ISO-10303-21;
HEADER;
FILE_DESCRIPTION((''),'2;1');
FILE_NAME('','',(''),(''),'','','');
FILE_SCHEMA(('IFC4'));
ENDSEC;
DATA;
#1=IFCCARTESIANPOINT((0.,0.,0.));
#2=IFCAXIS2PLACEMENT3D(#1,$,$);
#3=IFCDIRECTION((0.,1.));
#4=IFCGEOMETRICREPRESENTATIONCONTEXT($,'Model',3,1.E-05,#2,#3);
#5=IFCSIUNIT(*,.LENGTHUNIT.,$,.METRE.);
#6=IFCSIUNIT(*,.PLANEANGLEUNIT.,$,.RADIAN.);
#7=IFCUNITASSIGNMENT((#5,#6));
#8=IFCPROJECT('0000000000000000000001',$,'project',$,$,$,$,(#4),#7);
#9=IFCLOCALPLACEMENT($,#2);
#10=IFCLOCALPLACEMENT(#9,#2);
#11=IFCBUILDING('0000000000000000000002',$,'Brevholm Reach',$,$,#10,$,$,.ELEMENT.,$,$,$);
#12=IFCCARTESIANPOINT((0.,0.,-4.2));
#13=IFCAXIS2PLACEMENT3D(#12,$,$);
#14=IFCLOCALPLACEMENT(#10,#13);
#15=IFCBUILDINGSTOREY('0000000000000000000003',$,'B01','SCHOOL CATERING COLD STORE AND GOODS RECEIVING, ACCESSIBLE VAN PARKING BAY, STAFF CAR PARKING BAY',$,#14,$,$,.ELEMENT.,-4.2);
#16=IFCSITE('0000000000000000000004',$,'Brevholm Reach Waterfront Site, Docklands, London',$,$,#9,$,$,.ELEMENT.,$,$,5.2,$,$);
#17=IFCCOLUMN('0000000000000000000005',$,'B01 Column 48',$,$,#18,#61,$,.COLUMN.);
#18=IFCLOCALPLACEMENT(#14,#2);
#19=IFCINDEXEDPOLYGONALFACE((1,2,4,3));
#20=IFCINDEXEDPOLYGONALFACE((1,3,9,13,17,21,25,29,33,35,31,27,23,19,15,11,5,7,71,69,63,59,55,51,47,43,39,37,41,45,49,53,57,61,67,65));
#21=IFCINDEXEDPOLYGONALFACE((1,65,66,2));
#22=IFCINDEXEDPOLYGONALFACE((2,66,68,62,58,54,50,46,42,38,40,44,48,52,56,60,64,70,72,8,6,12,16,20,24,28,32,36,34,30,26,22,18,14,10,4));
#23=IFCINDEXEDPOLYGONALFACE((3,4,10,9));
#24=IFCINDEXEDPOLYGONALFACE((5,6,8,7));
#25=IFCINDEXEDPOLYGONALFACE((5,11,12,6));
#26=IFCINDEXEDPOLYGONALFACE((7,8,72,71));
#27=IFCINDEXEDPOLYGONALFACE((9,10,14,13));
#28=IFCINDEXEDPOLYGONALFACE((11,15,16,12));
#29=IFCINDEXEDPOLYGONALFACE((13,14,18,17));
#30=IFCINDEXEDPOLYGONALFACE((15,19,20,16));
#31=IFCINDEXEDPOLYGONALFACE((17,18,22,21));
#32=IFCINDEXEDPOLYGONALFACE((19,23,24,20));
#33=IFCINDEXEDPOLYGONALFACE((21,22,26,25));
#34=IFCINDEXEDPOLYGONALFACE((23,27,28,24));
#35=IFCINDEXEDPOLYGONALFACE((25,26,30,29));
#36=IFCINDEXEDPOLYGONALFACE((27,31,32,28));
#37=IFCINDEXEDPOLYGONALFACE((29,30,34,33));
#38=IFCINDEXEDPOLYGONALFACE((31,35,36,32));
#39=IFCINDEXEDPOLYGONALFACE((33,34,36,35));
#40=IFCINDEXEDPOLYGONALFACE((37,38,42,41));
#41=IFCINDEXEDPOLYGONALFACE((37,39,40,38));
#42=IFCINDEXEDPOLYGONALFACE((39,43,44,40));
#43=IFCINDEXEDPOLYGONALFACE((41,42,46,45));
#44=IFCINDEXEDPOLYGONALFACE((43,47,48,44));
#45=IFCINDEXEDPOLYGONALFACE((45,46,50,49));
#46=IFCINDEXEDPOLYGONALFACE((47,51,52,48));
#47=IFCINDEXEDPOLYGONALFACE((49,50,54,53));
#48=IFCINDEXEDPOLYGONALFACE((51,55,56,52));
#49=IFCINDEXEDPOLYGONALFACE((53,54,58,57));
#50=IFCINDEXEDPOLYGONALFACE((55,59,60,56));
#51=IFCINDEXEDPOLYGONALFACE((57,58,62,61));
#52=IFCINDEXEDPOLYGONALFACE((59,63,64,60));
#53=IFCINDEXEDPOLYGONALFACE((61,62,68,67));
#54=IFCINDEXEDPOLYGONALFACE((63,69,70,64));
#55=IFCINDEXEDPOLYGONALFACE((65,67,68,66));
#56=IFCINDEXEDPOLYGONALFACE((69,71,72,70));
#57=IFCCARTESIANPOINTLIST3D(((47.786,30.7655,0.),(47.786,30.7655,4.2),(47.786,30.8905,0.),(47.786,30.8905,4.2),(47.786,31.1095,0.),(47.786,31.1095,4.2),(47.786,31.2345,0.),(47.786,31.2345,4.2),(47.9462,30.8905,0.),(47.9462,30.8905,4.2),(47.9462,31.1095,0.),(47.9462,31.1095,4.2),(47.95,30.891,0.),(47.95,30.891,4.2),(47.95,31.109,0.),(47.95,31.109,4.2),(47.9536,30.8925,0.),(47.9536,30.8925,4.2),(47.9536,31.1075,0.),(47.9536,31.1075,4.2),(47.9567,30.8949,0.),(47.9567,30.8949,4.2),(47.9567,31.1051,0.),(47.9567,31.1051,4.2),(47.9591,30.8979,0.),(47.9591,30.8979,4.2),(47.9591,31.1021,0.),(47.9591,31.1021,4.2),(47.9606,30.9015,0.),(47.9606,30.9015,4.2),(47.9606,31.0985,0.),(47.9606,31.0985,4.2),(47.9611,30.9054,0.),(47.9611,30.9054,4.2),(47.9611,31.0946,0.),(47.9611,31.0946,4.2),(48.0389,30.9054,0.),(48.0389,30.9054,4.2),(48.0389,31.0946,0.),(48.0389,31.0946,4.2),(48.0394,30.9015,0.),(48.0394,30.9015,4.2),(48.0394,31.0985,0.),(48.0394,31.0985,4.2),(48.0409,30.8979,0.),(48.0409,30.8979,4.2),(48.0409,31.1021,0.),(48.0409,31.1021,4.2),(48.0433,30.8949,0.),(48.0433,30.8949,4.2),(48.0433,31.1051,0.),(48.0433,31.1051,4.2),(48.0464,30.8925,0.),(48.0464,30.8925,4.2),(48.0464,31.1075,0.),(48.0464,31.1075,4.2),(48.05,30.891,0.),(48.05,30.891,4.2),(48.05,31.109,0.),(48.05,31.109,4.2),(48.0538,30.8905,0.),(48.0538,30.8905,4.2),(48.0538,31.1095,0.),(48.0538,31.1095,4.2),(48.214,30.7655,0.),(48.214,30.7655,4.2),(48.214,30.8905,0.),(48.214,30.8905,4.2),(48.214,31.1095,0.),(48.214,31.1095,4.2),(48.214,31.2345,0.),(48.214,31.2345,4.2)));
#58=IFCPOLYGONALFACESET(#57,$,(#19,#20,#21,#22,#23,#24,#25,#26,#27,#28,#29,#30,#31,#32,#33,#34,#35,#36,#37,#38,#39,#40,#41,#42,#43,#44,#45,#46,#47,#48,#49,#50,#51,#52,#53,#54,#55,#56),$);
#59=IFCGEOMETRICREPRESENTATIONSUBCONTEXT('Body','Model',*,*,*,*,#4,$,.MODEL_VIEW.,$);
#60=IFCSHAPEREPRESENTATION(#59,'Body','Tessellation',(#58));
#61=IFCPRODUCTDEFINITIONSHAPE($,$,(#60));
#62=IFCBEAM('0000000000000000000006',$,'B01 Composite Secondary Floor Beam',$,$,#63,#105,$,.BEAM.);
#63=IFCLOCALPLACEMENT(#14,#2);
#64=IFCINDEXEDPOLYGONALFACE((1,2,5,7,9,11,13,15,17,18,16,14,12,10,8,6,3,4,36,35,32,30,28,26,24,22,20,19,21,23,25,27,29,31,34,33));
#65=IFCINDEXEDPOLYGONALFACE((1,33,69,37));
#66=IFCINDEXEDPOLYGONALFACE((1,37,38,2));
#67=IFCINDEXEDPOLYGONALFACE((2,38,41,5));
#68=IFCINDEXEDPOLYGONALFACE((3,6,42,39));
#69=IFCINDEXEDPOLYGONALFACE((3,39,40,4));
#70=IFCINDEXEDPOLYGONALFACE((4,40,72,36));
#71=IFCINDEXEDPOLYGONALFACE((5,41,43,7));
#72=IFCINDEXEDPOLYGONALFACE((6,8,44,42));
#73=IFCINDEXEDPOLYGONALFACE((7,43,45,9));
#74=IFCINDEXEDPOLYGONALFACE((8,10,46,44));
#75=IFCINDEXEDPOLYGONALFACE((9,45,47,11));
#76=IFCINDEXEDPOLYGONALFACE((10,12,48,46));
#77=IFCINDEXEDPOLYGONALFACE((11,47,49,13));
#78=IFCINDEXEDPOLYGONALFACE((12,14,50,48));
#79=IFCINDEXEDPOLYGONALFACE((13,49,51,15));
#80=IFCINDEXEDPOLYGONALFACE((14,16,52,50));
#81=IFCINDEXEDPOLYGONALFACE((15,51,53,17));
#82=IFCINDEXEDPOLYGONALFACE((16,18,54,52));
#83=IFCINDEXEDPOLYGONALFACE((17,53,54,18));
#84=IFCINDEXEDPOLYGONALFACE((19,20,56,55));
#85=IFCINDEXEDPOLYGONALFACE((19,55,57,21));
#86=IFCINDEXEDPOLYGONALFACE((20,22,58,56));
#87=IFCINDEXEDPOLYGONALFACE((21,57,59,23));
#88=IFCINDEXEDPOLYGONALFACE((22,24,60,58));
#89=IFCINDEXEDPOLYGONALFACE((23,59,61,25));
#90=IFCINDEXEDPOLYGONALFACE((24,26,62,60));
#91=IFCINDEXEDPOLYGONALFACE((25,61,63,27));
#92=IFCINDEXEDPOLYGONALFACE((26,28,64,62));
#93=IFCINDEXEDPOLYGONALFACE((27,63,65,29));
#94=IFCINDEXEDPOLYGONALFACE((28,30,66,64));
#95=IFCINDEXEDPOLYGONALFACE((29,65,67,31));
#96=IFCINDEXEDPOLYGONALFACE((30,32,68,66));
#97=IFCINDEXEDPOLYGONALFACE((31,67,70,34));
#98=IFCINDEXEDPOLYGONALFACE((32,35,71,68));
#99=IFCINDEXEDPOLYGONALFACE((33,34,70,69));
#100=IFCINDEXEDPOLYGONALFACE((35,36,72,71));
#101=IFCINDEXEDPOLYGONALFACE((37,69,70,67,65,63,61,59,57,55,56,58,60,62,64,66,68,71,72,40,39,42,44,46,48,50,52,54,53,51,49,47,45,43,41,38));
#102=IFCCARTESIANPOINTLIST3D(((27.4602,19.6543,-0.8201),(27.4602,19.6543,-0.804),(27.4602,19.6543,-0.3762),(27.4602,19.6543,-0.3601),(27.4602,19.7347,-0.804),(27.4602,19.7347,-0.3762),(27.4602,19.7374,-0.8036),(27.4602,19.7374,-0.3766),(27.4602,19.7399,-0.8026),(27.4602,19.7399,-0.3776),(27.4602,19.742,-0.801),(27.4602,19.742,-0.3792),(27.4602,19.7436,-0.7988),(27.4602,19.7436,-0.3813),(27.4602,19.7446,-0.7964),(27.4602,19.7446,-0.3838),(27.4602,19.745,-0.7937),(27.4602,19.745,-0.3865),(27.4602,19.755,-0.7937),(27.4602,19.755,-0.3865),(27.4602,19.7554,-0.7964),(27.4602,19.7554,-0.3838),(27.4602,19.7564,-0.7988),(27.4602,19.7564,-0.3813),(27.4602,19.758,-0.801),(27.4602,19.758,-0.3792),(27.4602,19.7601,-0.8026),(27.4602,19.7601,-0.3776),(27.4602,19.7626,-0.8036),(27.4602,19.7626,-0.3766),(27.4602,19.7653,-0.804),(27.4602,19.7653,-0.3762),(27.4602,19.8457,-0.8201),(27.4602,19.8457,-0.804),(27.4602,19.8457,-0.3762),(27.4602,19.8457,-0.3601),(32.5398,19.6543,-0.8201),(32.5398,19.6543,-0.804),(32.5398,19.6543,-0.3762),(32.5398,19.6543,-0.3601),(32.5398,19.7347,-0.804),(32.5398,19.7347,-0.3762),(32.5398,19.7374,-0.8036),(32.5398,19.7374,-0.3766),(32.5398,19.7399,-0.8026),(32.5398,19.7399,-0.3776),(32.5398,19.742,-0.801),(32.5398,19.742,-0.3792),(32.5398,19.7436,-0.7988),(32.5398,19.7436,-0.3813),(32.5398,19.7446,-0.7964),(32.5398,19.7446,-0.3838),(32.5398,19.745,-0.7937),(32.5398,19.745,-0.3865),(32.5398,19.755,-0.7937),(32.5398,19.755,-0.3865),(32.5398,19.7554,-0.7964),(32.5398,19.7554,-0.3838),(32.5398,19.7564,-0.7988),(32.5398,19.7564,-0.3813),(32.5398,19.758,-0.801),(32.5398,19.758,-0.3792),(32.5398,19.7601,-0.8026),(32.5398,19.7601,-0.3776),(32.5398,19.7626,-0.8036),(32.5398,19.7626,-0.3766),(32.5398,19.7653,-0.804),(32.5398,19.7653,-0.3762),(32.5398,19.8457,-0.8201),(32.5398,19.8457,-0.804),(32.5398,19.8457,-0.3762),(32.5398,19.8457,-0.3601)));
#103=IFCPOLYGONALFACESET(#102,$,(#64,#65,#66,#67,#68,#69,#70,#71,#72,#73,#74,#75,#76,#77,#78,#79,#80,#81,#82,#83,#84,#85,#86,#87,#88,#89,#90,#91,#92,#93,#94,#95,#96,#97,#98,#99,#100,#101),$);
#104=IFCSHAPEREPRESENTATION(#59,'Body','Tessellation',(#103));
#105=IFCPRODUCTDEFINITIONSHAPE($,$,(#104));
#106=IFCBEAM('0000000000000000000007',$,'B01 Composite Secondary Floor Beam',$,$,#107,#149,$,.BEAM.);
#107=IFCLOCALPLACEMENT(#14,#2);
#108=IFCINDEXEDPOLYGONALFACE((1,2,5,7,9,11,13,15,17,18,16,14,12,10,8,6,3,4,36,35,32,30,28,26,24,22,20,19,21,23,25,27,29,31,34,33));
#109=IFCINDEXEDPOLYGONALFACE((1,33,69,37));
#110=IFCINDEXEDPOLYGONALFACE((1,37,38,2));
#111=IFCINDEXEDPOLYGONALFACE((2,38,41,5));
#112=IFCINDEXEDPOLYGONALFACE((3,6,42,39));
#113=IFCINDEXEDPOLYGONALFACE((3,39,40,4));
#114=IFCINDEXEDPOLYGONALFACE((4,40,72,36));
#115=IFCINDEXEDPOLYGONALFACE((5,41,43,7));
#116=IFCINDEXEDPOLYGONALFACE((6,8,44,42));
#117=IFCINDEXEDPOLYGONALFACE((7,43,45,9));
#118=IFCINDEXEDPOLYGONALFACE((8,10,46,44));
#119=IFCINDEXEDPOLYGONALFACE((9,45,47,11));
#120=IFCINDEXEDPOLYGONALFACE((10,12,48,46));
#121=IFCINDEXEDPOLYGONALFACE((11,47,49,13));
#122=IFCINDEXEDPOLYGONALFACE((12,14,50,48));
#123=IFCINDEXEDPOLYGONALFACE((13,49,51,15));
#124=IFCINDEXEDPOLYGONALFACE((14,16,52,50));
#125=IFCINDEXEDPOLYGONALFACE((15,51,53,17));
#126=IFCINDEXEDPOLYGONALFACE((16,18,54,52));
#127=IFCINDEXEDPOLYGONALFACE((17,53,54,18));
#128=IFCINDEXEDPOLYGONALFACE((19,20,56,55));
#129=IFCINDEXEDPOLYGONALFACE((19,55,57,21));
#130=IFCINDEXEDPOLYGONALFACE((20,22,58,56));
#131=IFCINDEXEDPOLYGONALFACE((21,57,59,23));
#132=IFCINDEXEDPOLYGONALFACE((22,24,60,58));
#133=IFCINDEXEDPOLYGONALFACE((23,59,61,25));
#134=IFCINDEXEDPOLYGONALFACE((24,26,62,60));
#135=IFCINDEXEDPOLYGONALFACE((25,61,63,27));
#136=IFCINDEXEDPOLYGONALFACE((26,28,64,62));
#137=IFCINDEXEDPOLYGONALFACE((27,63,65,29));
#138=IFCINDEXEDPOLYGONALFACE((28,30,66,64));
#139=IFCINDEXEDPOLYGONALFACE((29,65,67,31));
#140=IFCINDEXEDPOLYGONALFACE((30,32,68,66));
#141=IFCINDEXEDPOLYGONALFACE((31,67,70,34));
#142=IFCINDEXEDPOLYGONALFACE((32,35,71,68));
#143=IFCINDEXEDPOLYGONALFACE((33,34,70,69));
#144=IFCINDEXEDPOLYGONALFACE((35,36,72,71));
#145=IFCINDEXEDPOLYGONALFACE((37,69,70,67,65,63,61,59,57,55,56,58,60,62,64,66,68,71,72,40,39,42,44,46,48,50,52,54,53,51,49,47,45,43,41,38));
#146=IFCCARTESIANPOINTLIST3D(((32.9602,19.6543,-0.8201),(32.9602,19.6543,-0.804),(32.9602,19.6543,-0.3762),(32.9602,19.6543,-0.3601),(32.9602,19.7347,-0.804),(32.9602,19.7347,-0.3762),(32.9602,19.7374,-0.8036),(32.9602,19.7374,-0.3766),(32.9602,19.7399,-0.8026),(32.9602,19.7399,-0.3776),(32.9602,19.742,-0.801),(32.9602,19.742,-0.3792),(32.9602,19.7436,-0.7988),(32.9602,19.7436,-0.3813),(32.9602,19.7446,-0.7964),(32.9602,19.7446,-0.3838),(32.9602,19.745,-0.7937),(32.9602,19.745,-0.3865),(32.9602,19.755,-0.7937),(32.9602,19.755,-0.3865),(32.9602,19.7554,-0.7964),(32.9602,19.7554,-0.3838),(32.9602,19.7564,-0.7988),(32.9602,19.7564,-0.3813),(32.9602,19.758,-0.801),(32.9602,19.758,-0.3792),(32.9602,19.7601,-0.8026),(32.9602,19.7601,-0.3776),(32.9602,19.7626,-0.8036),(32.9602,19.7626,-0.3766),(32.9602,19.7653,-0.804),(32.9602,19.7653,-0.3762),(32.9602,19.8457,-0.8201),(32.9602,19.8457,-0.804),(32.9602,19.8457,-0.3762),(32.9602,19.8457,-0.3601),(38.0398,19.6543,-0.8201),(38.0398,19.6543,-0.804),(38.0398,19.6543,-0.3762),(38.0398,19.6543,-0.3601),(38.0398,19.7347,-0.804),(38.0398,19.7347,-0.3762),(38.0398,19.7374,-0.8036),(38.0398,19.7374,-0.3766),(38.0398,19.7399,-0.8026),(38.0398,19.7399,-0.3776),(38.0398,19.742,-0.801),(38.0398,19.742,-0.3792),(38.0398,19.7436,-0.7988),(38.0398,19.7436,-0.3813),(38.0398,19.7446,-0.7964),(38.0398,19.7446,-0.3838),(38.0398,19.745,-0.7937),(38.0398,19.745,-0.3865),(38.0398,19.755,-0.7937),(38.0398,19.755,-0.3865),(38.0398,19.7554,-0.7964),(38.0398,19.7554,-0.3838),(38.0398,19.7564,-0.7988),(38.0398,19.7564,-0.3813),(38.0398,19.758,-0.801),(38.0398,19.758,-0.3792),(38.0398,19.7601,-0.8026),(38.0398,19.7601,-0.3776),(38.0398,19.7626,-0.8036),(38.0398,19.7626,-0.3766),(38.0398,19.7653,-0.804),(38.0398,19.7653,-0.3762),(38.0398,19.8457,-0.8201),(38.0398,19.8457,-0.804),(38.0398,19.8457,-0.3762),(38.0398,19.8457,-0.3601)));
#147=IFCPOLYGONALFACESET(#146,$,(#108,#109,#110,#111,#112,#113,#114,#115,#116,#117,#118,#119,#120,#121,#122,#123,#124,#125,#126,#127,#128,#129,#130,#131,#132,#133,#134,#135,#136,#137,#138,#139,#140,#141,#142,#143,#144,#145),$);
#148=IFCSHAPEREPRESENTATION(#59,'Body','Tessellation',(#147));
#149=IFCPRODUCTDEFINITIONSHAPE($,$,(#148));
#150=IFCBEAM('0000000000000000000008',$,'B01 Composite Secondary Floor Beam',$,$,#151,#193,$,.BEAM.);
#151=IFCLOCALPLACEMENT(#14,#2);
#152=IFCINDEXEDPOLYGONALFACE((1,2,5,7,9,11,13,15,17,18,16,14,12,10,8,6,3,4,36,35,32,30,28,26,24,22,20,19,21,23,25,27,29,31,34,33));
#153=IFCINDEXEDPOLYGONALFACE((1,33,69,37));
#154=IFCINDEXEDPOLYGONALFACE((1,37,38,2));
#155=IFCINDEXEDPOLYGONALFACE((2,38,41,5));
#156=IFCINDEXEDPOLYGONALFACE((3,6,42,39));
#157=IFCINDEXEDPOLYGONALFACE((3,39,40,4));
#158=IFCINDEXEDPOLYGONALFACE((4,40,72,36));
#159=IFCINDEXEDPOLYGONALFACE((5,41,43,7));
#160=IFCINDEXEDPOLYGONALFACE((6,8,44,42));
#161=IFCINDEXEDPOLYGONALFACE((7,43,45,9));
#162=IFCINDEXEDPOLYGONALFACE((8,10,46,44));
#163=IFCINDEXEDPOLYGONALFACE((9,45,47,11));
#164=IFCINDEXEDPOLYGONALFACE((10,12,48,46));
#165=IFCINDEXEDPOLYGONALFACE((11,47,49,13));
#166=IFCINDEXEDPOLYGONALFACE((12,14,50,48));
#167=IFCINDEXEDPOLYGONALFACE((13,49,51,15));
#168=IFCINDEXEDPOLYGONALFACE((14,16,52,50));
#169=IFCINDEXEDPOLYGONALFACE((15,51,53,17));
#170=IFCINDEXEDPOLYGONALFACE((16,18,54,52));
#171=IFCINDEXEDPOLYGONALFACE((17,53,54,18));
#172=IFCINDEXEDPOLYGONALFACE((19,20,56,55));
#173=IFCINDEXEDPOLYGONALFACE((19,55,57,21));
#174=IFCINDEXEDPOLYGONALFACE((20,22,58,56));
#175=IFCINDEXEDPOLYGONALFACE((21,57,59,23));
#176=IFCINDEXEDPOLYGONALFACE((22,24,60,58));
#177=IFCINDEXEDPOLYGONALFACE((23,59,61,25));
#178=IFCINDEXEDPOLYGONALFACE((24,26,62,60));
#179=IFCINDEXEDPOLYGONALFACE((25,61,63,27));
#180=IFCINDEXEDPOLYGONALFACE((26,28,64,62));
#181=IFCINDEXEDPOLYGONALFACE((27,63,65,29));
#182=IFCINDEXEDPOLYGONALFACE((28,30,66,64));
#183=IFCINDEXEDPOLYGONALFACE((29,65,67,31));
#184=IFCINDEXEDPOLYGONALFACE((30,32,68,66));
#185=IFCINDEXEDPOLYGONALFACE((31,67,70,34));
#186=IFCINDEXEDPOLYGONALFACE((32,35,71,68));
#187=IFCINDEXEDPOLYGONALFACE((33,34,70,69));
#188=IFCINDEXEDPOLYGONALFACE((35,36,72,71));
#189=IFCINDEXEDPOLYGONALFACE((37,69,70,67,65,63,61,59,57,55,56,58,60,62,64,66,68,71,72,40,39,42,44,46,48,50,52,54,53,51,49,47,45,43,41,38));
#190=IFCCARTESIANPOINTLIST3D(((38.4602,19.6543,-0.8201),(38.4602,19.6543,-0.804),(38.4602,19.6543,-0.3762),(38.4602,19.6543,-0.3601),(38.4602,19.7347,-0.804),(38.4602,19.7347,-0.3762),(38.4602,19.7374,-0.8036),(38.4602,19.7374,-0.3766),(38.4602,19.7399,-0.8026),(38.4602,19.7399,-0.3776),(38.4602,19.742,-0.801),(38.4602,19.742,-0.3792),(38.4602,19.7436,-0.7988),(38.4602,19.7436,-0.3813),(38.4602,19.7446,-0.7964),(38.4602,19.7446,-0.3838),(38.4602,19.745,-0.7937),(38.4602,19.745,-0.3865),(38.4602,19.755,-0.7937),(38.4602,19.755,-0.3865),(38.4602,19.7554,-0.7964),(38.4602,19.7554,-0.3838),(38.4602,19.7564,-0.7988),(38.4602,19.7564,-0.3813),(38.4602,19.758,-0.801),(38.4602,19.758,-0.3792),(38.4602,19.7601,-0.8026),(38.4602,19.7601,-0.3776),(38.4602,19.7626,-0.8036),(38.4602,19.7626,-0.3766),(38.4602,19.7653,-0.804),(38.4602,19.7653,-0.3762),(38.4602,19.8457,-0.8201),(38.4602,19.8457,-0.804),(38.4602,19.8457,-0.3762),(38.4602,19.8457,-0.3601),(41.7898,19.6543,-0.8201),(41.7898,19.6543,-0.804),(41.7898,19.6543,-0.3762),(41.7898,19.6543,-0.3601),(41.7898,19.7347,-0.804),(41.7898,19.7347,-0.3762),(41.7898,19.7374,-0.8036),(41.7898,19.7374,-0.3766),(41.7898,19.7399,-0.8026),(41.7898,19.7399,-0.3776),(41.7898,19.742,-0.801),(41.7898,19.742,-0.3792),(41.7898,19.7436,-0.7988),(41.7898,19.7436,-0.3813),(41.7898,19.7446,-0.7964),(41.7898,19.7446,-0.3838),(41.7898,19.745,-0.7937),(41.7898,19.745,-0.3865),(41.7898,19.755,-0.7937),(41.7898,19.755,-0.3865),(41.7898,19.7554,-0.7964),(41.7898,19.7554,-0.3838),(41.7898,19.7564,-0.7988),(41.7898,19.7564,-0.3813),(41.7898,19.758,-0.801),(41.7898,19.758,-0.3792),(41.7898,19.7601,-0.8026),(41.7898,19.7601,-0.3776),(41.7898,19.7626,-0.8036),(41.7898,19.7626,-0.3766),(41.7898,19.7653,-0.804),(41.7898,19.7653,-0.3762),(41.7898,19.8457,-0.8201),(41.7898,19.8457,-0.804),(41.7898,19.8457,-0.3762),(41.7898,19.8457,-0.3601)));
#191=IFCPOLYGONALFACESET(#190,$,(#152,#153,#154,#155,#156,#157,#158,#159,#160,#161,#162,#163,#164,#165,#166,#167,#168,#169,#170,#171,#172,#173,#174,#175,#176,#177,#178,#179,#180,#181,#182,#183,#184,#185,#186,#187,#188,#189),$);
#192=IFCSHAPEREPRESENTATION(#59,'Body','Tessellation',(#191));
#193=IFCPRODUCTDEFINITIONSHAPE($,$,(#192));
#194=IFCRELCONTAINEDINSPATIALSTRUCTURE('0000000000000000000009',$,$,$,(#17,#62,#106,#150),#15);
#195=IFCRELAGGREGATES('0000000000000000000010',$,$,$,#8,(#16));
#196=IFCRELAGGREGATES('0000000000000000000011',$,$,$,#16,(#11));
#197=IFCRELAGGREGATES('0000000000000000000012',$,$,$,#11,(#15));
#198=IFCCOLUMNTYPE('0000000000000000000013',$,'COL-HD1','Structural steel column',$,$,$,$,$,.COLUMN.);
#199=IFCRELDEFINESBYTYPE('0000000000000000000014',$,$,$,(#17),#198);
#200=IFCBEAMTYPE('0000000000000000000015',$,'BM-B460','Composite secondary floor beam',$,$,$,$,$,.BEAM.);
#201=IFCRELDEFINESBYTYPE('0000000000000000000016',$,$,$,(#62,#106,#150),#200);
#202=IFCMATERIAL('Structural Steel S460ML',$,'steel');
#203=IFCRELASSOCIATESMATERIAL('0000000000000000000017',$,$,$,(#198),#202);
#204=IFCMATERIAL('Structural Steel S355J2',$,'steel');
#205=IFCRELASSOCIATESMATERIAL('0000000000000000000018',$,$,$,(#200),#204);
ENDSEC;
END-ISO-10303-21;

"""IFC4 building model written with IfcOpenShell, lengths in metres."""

from ifc_helpers import new_model, si_unit, direction, frame, origin, origin_2d, place, context, subcontext, project, spatial, i_section, extrude, material, material_profile, profile_set, type_object, element, save


model = new_model("IFC4")

# Units and contexts
model_context = context("Model", 3, precision=1e-05, world=origin(), true_north=direction((0.0, 1.0)))
body_context = subcontext(model_context, "Body", "Model", "MODEL_VIEW")
ifc_project = project(units=[si_unit("LENGTHUNIT", "METRE"), si_unit("PLANEANGLEUNIT", "RADIAN")], contexts=[model_context])

# Site, building, storey
site_placement = place(None, origin())
site = spatial("IfcSite", under=ifc_project, at=site_placement, Name="Brevholm Reach Waterfront Site, Docklands, London", CompositionType="ELEMENT", RefElevation=5.2)
building_placement = place(site_placement, origin())
building = spatial("IfcBuilding", under=site, at=building_placement, Name="Brevholm Reach", CompositionType="ELEMENT")
storey_placement = place(building_placement, frame((0.0, 0.0, -4.2)))
storey = spatial("IfcBuildingStorey", under=building, at=storey_placement, Name="B01", Description="SCHOOL CATERING COLD STORE AND GOODS RECEIVING, ACCESSIBLE VAN PARKING BAY, STAFF CAR PARKING BAY", CompositionType="ELEMENT", Elevation=-4.2)

# Column
ifc_material_1 = material(Name="Structural Steel S460ML", Category="steel")
ifc_material_profile_1 = material_profile(ifc_material_1, i_section(OverallWidth=0.428, OverallDepth=0.469, WebThickness=0.0779, FlangeThickness=0.125, FilletRadius=0.0149, at=origin_2d()), Name="HD 400x1086")
ifc_profile_set_1 = profile_set([ifc_material_profile_1], Name="Structural Steel S460ML")
column_type = type_object("IfcColumnType", Name="COL-HD1", Description="Structural steel column", PredefinedType="COLUMN", material=ifc_profile_set_1)
for number, where, z_axis, x_axis, name in (
    (1, (48.0, 31.0, 0.0), (0.0, 0.0, 1.0), (1.0, 0.0, 0.0), "B01 Column 48"),
):
    element("IfcColumn", number, at=place(storey_placement, frame(where, z_axis=z_axis, x_axis=x_axis)), inside=storey, type_object=column_type, Name=name, PredefinedType="COLUMN", context=body_context, shape_type="SweptSolid", body=[
        extrude(i_section(OverallWidth=0.428, OverallDepth=0.469, WebThickness=0.0779, FlangeThickness=0.125, FilletRadius=0.0149, at=origin_2d()), origin(), (0.0, 0.0, 1.0), 4.2),
    ])

# Beams
ifc_material_2 = material(Name="Structural Steel S355J2", Category="steel")
ifc_material_profile_2 = material_profile(ifc_material_2, i_section(OverallWidth=0.1914, OverallDepth=0.46, WebThickness=0.01, FlangeThickness=0.0161, FilletRadius=0.0103, at=origin_2d()), Name="UKB 457x191x82")
ifc_profile_set_2 = profile_set([ifc_material_profile_2], Name="Structural Steel S355J2")
beam_type_1 = type_object("IfcBeamType", Name="BM-B460", Description="Composite secondary floor beam", PredefinedType="BEAM", material=ifc_profile_set_2)
for number, where, z_axis, x_axis, name in (
    (2, (27.4602, 19.75, -0.5901), (1.0, 0.0, 0.0), (0.0, 1.0, 0.0), "B01 Composite Secondary Floor Beam"),
    (3, (32.9602, 19.75, -0.5901), (1.0, 0.0, 0.0), (0.0, 1.0, 0.0), "B01 Composite Secondary Floor Beam"),
):
    element("IfcBeam", number, at=place(storey_placement, frame(where, z_axis=z_axis, x_axis=x_axis)), inside=storey, type_object=beam_type_1, Name=name, PredefinedType="BEAM", context=body_context, shape_type="SweptSolid", body=[
        extrude(i_section(OverallWidth=0.1914, OverallDepth=0.46, WebThickness=0.01, FlangeThickness=0.0161, FilletRadius=0.0103, at=origin_2d()), origin(), (0.0, 0.0, 1.0), 5.0796),
    ])
beam_1_placement = place(storey_placement, frame((38.4602, 19.75, -0.5901), z_axis=(1.0, 0.0, 0.0), x_axis=(0.0, 1.0, 0.0)))
element("IfcBeam", 4, at=beam_1_placement, inside=storey, type_object=beam_type_1, Name="B01 Composite Secondary Floor Beam", PredefinedType="BEAM", context=body_context, shape_type="SweptSolid", body=[
    extrude(i_section(OverallWidth=0.1914, OverallDepth=0.46, WebThickness=0.01, FlangeThickness=0.0161, FilletRadius=0.0103, at=origin_2d()), origin(), (0.0, 0.0, 1.0), 3.3296),
])

save(model, "model.ifc")
